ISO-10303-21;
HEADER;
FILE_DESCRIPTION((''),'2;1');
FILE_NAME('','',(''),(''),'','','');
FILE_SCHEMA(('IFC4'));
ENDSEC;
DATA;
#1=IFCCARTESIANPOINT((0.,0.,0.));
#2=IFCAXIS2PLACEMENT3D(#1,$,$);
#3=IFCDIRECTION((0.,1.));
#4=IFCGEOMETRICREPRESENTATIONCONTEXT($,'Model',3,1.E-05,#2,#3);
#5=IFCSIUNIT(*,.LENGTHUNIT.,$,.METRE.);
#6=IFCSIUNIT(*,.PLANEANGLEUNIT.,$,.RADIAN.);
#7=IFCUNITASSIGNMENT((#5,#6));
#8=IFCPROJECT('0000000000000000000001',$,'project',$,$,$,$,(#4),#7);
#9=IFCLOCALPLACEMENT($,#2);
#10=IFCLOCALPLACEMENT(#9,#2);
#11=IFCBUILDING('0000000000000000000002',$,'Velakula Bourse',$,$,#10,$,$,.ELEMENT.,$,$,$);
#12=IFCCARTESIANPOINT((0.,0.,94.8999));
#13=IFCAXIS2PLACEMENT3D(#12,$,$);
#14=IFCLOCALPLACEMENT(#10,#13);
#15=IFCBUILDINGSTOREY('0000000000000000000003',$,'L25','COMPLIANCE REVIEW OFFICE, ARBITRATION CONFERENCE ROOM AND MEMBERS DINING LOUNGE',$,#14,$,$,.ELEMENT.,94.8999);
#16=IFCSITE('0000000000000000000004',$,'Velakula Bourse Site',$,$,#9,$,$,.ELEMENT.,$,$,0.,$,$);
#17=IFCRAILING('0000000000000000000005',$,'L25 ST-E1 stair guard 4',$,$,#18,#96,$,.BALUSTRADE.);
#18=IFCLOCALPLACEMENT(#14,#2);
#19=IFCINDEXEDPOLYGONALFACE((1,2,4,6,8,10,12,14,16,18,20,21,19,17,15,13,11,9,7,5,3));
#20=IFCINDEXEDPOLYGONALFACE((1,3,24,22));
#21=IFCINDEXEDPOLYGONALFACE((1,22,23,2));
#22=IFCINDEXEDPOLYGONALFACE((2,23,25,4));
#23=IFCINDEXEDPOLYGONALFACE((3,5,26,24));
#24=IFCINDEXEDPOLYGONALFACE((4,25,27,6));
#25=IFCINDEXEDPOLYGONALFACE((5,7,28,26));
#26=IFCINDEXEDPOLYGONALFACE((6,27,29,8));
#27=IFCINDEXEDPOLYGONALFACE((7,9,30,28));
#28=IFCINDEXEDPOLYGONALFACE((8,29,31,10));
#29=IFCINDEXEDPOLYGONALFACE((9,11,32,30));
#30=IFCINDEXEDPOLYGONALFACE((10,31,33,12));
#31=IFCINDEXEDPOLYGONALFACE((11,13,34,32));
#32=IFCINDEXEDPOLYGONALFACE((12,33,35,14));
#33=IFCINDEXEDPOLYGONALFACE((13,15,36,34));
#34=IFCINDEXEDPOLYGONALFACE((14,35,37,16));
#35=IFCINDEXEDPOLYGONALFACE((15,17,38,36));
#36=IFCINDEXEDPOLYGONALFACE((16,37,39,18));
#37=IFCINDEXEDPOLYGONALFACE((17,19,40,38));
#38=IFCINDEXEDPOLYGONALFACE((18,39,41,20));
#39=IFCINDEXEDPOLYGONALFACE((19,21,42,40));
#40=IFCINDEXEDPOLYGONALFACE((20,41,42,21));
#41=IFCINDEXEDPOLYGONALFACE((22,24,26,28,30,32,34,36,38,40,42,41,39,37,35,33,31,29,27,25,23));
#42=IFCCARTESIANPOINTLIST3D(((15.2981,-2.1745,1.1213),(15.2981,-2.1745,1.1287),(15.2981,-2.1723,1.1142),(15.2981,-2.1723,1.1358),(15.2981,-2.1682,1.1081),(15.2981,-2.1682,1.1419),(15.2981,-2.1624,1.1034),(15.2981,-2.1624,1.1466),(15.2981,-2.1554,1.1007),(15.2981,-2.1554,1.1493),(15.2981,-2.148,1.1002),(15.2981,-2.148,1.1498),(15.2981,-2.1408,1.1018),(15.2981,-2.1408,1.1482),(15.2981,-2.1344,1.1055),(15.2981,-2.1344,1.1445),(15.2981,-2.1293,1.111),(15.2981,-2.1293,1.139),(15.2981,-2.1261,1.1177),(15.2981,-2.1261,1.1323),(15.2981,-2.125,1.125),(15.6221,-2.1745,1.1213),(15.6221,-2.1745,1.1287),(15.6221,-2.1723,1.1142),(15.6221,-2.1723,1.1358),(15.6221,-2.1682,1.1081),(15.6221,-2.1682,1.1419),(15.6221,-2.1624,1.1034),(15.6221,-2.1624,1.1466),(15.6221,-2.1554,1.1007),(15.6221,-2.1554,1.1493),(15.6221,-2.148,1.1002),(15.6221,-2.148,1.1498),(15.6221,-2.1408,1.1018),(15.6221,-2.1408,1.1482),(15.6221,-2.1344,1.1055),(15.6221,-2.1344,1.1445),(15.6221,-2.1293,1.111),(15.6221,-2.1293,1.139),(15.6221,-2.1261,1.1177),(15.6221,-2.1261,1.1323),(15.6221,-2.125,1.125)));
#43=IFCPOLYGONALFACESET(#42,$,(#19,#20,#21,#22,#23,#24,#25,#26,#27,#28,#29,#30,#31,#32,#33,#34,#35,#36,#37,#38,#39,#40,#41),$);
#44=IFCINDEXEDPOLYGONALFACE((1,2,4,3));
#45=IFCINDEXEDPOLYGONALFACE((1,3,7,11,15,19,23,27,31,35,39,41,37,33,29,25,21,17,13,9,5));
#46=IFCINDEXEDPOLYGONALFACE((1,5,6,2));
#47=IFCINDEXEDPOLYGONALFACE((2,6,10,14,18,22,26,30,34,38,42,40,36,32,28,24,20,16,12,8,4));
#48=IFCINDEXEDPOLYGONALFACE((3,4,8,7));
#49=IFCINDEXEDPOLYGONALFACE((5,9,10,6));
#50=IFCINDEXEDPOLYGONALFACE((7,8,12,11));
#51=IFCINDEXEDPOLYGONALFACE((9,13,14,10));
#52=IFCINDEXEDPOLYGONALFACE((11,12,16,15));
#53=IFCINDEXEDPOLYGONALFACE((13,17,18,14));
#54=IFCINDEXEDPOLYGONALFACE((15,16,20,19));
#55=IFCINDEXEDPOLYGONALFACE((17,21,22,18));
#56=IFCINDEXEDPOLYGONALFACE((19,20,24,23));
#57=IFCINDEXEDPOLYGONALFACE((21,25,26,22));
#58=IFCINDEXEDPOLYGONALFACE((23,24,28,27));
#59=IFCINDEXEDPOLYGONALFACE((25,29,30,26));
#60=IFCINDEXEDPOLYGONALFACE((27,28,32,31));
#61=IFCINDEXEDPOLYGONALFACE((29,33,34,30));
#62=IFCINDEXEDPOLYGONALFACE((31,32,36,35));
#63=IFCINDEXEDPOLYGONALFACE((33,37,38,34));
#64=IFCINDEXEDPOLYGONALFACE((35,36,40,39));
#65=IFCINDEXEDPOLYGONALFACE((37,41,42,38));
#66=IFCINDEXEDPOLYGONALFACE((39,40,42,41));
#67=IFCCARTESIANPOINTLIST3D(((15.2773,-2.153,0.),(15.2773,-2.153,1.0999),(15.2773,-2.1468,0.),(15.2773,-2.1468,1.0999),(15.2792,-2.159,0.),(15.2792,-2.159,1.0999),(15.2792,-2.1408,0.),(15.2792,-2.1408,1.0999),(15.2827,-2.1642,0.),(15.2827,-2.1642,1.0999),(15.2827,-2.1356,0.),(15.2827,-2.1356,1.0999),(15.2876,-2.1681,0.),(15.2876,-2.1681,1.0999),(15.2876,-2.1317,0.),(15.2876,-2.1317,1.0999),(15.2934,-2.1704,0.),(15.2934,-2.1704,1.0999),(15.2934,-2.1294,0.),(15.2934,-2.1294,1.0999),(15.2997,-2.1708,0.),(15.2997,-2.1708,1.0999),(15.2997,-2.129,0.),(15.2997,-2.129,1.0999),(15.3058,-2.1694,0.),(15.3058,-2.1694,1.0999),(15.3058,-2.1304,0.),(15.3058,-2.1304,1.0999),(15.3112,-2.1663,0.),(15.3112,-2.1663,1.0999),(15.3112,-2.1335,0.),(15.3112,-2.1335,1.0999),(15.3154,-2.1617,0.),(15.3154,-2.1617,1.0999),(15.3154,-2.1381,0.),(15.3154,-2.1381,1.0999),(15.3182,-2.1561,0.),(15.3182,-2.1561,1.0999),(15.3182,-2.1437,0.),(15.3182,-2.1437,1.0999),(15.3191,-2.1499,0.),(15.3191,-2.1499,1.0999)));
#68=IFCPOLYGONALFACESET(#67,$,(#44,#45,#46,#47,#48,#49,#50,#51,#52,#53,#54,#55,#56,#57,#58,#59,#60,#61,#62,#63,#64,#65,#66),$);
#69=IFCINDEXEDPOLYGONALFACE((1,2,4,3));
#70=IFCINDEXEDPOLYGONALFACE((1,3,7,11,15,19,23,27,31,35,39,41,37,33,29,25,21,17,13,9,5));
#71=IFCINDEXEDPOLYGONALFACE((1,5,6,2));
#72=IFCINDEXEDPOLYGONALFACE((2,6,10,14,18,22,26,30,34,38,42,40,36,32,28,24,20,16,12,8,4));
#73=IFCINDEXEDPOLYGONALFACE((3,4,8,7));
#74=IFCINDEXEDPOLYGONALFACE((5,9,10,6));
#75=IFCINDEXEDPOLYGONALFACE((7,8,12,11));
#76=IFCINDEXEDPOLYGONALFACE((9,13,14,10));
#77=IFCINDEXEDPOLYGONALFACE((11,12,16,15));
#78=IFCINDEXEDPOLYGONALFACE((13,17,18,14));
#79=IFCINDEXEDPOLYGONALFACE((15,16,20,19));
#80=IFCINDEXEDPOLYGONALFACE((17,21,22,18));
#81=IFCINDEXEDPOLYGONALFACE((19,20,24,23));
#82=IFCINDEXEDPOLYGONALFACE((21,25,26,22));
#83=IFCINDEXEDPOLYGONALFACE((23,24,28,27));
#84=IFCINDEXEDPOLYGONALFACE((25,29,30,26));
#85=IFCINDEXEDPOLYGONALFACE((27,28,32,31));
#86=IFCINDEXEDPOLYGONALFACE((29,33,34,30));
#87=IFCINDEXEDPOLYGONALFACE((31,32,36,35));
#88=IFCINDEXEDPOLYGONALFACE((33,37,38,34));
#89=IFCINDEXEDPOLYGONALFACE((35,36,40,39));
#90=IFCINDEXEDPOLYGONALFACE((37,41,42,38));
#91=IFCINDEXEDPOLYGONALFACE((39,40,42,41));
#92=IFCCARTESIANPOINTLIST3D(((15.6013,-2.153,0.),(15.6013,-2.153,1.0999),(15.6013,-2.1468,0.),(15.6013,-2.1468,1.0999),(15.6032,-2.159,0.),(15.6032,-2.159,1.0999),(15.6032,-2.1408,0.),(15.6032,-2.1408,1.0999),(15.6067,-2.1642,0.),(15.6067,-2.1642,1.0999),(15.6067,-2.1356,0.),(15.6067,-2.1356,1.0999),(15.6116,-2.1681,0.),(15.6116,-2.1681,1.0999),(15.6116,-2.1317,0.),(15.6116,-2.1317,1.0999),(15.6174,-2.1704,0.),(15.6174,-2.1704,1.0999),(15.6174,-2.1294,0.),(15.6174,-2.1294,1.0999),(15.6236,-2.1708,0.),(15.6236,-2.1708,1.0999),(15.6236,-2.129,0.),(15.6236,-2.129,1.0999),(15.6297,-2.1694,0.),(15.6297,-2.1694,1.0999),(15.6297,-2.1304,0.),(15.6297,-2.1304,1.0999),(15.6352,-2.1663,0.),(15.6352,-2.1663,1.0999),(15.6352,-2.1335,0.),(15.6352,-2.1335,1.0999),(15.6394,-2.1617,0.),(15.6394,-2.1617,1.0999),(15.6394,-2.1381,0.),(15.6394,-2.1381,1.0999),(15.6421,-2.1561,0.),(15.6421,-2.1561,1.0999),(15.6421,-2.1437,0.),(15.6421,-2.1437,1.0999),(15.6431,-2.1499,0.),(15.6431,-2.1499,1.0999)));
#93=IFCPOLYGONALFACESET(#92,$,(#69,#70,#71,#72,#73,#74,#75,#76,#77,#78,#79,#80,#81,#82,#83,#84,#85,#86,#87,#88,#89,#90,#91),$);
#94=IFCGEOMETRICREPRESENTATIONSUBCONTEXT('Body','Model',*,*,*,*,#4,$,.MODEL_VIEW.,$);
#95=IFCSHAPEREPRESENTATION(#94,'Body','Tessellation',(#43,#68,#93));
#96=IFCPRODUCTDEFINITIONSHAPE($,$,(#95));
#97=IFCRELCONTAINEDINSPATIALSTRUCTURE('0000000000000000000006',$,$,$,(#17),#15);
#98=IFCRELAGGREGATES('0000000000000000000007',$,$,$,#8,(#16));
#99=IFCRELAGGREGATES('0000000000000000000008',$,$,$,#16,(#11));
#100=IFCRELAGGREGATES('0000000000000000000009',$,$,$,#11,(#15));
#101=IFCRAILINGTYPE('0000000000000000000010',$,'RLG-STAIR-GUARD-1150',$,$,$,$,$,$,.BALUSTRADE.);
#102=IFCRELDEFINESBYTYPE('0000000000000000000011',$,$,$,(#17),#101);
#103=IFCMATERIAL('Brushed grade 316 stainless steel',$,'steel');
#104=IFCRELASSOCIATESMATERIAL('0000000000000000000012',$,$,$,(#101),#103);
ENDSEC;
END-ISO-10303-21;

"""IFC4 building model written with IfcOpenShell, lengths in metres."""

from ifc_helpers import new_model, si_unit, direction, frame, origin, origin_2d, place, context, subcontext, project, spatial, circle, extrude, material, type_object, element, save


model = new_model("IFC4")

# Units and contexts
model_context = context("Model", 3, precision=1e-05, world=origin(), true_north=direction((0.0, 1.0)))
body_context = subcontext(model_context, "Body", "Model", "MODEL_VIEW")
ifc_project = project(units=[si_unit("LENGTHUNIT", "METRE"), si_unit("PLANEANGLEUNIT", "RADIAN")], contexts=[model_context])

# Site, building, storey
site_placement = place(None, origin())
site = spatial("IfcSite", under=ifc_project, at=site_placement, Name="Velakula Bourse Site", CompositionType="ELEMENT", RefElevation=0.0)
building_placement = place(site_placement, origin())
building = spatial("IfcBuilding", under=site, at=building_placement, Name="Velakula Bourse", CompositionType="ELEMENT")
storey_placement = place(building_placement, frame((0.0, 0.0, 94.8999)))
storey = spatial("IfcBuildingStorey", under=building, at=storey_placement, Name="L25", Description="COMPLIANCE REVIEW OFFICE, ARBITRATION CONFERENCE ROOM AND MEMBERS DINING LOUNGE", CompositionType="ELEMENT", Elevation=94.8999)

# Railing
ifc_material_1 = material(Name="Brushed grade 316 stainless steel", Category="steel")
railing_type_1 = type_object("IfcRailingType", Name="RLG-STAIR-GUARD-1150", PredefinedType="BALUSTRADE", material=ifc_material_1)
railing_1_placement = place(storey_placement, frame((15.2981, -2.1499, 0.0)))
element("IfcRailing", 1, at=railing_1_placement, inside=storey, type_object=railing_type_1, Name="L25 ST-E1 stair guard 4", PredefinedType="BALUSTRADE", context=body_context, shape_type="SweptSolid", body=[
    extrude(circle(Radius=0.0249, at=origin_2d()), frame((0.0, 0.0, 1.125), z_axis=(1.0, 0.0, 0.0), x_axis=(0.0, 1.0, 0.0)), (0.0, 0.0, 1.0), 0.324),
    extrude(circle(Radius=0.021, at=origin_2d()), origin(), (0.0, 0.0, 1.0), 1.0999),
    extrude(circle(Radius=0.021, at=origin_2d()), frame((0.324, 0.0, 0.0)), (0.0, 0.0, 1.0), 1.0999),
])

save(model, "model.ifc")
